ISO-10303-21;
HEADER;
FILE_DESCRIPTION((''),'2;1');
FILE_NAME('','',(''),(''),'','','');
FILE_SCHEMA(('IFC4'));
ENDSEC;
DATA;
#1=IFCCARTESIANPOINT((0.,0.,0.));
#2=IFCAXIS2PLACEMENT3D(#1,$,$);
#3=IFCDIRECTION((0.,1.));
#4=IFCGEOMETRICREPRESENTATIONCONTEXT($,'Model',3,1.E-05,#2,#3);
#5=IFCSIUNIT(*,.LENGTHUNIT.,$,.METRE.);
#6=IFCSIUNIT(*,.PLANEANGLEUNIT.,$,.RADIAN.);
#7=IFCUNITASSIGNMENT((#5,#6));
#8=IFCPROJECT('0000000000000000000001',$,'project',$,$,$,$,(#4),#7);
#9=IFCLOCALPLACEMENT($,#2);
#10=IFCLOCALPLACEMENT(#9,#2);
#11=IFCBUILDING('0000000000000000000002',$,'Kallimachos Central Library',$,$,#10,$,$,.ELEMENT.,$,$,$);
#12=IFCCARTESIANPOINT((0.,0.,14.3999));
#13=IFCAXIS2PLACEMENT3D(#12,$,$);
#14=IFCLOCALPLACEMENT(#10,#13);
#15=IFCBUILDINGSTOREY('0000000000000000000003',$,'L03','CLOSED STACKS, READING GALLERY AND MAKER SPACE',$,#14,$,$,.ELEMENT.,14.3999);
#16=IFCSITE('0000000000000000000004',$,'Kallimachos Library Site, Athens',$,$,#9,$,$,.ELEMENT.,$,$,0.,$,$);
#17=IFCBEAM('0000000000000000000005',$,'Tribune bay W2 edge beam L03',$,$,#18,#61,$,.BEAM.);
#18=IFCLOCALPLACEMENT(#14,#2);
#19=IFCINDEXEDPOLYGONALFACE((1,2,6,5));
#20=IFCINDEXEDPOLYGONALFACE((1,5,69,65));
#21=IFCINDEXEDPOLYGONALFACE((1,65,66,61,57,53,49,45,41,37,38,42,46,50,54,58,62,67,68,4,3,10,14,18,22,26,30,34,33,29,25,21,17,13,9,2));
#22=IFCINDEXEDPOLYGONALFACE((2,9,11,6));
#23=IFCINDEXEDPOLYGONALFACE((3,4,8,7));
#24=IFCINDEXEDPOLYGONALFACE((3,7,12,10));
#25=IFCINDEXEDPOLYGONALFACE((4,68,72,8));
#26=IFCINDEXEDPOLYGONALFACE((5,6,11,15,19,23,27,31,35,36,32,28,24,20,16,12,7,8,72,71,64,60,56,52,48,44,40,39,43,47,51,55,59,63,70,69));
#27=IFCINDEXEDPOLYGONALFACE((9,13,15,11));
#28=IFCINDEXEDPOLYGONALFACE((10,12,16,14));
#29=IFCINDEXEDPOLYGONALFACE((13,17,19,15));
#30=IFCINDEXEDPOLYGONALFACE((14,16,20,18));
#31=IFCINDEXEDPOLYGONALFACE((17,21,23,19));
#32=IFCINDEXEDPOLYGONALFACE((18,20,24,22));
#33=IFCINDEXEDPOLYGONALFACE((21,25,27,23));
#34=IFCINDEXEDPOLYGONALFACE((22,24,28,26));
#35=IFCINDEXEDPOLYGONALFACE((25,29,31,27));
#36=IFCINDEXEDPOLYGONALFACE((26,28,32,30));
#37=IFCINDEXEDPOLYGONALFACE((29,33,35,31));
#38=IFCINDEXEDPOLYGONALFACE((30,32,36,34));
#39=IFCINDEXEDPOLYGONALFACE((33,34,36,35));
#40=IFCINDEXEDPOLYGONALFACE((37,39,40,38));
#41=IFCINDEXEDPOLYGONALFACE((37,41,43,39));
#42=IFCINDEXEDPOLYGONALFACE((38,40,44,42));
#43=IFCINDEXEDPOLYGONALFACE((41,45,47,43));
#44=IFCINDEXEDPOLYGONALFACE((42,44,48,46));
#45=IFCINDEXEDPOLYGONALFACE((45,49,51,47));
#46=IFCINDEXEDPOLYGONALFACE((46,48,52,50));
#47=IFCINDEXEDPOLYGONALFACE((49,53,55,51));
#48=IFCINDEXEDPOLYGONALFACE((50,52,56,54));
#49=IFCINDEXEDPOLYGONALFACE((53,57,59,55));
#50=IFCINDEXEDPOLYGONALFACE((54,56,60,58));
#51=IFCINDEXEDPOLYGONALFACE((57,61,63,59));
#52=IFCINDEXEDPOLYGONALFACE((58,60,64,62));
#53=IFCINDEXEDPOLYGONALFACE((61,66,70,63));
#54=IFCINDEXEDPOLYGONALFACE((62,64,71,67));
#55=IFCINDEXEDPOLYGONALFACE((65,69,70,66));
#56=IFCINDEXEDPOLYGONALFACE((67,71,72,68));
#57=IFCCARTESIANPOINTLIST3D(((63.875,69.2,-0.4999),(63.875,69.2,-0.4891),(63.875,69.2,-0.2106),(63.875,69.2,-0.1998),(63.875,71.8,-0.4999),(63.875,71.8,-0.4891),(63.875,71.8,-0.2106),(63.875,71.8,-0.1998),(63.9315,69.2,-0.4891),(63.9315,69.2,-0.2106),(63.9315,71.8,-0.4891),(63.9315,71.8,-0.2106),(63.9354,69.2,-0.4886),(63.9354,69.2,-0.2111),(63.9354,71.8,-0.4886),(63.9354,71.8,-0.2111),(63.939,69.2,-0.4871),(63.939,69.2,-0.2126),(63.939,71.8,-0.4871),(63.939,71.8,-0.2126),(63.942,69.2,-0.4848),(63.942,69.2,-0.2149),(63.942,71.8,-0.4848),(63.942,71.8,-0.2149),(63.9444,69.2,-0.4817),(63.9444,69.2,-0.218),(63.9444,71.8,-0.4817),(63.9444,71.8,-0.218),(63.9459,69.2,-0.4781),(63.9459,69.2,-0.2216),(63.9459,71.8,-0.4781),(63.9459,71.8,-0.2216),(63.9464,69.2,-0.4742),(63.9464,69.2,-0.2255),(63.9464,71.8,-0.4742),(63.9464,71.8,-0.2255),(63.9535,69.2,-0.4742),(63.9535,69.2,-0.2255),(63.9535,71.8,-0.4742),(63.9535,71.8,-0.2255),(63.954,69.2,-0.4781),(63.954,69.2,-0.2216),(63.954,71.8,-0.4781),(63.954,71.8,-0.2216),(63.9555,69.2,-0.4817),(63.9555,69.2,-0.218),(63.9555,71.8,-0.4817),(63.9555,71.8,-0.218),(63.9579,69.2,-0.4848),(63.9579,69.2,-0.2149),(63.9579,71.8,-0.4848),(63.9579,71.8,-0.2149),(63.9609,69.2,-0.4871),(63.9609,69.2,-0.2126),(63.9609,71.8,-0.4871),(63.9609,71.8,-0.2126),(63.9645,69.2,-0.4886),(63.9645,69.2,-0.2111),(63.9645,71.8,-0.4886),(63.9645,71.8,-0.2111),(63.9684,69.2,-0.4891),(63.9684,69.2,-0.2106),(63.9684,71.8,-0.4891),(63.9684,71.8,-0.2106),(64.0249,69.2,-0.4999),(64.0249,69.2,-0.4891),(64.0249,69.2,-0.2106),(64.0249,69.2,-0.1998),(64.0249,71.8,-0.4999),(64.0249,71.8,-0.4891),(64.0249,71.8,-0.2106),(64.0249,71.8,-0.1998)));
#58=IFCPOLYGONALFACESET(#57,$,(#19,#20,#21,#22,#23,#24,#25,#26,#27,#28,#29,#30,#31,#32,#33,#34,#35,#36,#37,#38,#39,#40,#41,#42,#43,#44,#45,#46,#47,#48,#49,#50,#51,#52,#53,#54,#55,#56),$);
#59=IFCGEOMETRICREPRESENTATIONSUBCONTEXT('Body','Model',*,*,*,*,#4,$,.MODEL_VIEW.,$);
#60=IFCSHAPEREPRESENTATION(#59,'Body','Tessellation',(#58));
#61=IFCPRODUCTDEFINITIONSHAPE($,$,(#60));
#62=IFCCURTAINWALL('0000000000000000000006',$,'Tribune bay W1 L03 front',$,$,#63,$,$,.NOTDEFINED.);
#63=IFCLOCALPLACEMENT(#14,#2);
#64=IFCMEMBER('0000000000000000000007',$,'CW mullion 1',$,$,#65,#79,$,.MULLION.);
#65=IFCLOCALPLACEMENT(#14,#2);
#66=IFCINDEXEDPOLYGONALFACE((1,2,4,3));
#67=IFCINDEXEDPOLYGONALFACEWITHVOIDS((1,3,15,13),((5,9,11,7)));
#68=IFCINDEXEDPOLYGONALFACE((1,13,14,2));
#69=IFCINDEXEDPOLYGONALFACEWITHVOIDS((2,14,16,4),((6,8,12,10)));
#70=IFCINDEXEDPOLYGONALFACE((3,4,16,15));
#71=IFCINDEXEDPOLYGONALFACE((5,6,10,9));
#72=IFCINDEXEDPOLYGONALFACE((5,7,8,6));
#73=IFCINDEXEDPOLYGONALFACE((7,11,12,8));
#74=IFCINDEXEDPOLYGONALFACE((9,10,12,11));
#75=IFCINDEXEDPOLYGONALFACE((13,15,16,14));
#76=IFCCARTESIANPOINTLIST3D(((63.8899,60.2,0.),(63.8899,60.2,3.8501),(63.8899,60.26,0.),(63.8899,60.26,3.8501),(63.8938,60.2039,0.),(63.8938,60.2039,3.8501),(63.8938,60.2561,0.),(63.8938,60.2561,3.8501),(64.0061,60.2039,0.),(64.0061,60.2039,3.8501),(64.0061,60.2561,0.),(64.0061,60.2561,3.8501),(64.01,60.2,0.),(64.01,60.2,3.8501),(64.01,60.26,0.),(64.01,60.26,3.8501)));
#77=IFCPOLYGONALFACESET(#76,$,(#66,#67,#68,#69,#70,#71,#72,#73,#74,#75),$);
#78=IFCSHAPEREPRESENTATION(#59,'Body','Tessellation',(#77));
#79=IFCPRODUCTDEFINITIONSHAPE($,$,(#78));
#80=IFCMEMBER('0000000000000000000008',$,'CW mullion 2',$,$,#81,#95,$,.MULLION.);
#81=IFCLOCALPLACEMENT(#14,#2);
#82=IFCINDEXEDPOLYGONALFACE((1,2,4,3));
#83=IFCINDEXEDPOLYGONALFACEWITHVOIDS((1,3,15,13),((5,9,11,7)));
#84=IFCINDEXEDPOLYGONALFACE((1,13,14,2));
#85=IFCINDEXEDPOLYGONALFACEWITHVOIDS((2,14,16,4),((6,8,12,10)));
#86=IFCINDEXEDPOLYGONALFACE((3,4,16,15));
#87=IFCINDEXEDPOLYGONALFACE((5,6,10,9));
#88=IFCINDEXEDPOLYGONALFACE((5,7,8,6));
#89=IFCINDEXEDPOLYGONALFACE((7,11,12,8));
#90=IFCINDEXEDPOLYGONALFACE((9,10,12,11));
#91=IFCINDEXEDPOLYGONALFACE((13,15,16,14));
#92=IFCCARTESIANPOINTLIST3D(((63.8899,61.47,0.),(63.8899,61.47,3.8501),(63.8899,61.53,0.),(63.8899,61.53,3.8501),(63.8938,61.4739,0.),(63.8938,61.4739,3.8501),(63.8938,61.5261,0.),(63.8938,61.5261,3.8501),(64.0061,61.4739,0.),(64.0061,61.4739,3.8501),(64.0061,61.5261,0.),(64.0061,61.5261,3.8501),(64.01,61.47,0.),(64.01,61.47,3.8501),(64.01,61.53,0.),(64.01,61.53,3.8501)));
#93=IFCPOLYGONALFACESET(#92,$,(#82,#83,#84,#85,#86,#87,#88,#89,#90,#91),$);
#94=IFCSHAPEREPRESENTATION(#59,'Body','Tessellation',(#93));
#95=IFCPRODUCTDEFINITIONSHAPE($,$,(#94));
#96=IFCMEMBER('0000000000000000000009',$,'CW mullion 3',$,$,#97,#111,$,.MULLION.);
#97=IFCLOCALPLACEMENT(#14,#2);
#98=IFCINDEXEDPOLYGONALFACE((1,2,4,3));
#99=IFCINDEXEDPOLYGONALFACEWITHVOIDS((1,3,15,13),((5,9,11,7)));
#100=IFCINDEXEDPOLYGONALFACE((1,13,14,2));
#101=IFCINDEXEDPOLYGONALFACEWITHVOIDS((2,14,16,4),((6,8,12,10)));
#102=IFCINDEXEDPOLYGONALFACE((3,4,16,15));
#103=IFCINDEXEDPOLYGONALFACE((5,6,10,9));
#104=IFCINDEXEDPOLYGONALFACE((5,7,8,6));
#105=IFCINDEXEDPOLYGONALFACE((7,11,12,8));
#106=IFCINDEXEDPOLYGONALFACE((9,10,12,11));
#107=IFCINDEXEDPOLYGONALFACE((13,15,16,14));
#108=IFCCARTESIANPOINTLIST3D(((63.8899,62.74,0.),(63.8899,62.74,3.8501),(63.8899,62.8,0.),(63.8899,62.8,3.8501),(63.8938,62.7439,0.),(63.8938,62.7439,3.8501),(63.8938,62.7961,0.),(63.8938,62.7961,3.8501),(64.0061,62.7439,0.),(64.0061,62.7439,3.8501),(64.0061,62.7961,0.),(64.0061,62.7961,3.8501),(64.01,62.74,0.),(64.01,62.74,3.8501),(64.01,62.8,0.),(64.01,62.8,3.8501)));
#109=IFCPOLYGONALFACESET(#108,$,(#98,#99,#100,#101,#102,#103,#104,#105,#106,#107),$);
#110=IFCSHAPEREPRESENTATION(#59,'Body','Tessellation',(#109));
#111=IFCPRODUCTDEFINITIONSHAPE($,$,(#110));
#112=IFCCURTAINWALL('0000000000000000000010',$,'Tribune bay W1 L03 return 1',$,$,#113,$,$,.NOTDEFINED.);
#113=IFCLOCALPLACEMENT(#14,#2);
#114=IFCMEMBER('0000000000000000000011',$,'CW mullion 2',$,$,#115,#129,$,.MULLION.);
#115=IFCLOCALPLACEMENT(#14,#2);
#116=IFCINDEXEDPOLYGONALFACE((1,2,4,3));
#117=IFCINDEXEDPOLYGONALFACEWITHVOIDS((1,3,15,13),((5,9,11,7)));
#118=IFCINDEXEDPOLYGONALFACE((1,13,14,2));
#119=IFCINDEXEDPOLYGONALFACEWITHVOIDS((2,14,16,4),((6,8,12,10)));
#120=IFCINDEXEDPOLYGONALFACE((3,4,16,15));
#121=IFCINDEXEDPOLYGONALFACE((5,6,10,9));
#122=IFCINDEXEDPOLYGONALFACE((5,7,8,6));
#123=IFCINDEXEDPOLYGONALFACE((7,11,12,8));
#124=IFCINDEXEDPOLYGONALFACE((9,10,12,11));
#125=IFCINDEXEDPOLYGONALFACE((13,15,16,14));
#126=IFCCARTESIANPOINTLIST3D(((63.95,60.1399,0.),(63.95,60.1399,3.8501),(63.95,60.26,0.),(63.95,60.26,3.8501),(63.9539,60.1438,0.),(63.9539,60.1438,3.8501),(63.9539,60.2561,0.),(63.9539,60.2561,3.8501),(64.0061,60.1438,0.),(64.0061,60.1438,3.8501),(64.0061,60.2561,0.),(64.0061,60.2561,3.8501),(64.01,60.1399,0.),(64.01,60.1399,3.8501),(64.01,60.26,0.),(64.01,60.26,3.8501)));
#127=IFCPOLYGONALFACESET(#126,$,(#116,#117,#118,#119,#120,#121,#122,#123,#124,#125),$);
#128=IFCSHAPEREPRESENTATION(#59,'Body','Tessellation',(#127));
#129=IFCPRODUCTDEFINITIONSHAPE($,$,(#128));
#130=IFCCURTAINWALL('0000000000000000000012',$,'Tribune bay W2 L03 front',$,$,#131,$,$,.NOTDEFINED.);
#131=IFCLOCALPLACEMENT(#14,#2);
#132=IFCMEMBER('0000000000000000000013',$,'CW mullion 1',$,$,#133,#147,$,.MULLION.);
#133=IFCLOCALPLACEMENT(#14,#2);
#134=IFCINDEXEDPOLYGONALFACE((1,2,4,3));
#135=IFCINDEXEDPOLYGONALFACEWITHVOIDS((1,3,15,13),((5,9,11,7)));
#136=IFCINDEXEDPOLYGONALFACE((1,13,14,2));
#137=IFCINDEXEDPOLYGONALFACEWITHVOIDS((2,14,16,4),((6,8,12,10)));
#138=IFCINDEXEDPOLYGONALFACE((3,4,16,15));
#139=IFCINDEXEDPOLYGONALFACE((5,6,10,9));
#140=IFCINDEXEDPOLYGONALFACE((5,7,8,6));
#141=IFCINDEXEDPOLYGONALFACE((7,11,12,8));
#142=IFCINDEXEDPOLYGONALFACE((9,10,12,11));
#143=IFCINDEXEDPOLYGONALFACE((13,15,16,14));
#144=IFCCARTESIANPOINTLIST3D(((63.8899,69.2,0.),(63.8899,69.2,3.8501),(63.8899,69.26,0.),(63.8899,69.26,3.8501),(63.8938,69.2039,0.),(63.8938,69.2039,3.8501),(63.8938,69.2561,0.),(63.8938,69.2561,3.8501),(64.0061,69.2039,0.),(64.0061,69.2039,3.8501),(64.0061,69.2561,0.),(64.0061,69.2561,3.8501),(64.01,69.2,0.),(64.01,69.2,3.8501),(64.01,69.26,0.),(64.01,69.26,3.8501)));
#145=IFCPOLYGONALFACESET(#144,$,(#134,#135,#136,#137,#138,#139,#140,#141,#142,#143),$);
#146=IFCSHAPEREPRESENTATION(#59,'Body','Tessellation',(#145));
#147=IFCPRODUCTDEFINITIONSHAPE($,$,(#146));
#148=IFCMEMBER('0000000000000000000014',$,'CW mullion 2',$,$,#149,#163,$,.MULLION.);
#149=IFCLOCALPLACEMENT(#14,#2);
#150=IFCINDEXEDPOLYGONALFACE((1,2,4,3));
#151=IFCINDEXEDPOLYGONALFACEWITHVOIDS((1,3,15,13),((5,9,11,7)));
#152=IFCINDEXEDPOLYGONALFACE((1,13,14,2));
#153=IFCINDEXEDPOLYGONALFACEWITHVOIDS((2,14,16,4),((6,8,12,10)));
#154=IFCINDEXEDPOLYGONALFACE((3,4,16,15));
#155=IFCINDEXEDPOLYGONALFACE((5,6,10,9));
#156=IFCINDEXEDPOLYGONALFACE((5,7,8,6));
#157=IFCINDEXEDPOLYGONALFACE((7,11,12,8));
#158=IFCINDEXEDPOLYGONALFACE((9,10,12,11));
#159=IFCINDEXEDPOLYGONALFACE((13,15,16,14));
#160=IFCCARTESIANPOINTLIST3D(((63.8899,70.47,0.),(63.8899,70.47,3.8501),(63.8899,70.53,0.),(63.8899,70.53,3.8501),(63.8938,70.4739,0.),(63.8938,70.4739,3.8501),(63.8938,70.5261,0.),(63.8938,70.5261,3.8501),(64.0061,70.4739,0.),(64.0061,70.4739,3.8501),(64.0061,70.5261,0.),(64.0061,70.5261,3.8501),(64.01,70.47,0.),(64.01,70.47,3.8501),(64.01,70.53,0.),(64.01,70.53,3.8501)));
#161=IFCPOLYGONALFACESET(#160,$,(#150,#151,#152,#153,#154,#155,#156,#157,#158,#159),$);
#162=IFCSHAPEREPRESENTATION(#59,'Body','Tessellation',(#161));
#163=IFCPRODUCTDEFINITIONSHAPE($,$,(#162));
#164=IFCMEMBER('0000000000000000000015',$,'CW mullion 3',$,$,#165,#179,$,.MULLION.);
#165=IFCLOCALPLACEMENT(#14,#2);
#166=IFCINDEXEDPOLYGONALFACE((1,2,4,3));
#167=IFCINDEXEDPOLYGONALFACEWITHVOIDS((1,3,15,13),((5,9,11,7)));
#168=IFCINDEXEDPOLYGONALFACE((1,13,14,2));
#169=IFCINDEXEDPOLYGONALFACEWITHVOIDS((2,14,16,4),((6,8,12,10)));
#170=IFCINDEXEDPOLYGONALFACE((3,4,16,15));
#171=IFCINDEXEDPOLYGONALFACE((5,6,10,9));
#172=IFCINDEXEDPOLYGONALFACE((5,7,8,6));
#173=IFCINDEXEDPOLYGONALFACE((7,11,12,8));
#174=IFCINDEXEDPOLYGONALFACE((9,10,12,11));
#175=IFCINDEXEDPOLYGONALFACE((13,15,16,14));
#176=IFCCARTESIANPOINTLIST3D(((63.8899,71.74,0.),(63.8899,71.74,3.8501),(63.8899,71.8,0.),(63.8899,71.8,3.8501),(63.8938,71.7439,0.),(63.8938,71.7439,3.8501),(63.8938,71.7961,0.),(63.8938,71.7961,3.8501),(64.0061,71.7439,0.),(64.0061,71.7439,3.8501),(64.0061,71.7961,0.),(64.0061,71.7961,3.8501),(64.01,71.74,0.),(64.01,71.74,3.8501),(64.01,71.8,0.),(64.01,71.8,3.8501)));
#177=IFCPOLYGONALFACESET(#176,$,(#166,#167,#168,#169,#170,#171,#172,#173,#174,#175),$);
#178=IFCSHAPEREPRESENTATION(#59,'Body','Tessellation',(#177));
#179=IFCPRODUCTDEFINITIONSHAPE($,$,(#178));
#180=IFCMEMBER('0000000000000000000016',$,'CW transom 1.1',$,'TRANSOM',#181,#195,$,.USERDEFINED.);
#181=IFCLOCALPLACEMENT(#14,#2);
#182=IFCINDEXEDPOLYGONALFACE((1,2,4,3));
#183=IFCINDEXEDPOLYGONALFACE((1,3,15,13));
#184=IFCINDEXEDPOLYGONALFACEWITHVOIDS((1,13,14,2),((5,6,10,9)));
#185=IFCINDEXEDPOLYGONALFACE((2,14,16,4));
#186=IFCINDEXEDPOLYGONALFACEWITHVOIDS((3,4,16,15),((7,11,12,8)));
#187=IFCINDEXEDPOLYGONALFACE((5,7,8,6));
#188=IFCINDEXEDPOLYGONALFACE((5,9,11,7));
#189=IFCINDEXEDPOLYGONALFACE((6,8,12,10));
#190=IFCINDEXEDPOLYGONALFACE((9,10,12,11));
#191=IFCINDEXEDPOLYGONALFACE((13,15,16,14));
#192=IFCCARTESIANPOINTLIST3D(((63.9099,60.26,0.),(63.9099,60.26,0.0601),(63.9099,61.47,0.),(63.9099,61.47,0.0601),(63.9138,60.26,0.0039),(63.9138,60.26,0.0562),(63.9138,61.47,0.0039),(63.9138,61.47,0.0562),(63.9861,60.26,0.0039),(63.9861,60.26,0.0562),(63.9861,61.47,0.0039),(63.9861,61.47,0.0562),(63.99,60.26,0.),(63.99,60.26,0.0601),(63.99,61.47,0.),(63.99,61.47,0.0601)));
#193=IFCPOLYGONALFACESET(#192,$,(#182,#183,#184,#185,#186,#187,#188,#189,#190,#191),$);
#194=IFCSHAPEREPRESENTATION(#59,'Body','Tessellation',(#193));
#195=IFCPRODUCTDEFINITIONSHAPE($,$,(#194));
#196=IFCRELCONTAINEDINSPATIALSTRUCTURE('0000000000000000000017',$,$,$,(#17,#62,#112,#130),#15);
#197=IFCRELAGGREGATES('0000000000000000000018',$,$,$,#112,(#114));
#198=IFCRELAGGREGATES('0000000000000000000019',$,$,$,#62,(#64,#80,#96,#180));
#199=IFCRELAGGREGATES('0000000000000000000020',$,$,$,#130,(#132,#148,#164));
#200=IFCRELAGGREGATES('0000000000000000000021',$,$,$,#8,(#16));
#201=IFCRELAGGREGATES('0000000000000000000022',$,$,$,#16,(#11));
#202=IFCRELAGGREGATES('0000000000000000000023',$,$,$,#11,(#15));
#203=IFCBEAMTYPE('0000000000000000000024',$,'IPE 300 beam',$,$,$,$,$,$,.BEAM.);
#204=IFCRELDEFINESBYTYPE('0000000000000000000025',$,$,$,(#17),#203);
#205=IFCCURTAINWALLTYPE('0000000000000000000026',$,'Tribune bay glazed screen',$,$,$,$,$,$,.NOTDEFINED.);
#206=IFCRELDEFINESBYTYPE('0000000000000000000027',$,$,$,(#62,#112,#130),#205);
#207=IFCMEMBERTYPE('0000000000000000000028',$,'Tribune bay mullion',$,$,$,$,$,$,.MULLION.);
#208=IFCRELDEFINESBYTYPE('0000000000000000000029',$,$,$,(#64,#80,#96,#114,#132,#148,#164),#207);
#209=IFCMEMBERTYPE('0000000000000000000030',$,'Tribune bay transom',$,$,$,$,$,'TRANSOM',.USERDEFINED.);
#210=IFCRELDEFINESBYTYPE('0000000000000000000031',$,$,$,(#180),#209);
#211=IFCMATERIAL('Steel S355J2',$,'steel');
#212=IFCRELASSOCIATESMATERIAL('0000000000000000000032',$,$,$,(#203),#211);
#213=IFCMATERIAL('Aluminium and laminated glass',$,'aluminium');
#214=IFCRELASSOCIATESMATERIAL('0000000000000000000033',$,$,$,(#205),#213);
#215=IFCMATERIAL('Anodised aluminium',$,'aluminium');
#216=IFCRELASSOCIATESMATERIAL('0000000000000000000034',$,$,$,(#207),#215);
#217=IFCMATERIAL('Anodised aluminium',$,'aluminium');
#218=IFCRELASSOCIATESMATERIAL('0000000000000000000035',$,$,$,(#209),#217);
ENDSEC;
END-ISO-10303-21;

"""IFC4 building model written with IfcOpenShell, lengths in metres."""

from ifc_helpers import new_model, si_unit, direction, frame, origin, origin_2d, place, context, subcontext, project, spatial, hollow_rectangle, i_section, extrude, material, material_profile, profile_set, type_object, element, aggregate, save


model = new_model("IFC4")

# Units and contexts
model_context = context("Model", 3, precision=1e-05, world=origin(), true_north=direction((0.0, 1.0)))
body_context = subcontext(model_context, "Body", "Model", "MODEL_VIEW")
ifc_project = project(units=[si_unit("LENGTHUNIT", "METRE"), si_unit("PLANEANGLEUNIT", "RADIAN")], contexts=[model_context])

# Site, building, storey
site_placement = place(None, origin())
site = spatial("IfcSite", under=ifc_project, at=site_placement, Name="Kallimachos Library Site, Athens", CompositionType="ELEMENT", RefElevation=0.0)
building_placement = place(site_placement, origin())
building = spatial("IfcBuilding", under=site, at=building_placement, Name="Kallimachos Central Library", CompositionType="ELEMENT")
storey_placement = place(building_placement, frame((0.0, 0.0, 14.3999)))
storey = spatial("IfcBuildingStorey", under=building, at=storey_placement, Name="L03", Description="CLOSED STACKS, READING GALLERY AND MAKER SPACE", CompositionType="ELEMENT", Elevation=14.3999)

# Beam
ifc_material_1 = material(Name="Steel S355J2", Category="steel")
ifc_material_profile_1 = material_profile(ifc_material_1, i_section(OverallWidth=0.1499, OverallDepth=0.3, WebThickness=0.0071, FlangeThickness=0.0107, FilletRadius=0.0149, at=origin_2d()), Name="IPE 300")
ifc_profile_set_1 = profile_set([ifc_material_profile_1], Name="Steel S355J2")
beam_type = type_object("IfcBeamType", Name="IPE 300 beam", PredefinedType="BEAM", material=ifc_profile_set_1)
beam_placement = place(storey_placement, frame((63.95, 69.2, -0.3499), z_axis=(0.0, 1.0, 0.0), x_axis=(-1.0, 0.0, 0.0)))
element("IfcBeam", 1, at=beam_placement, inside=storey, type_object=beam_type, Name="Tribune bay W2 edge beam L03", PredefinedType="BEAM", context=body_context, shape_type="SweptSolid", body=[
    extrude(i_section(OverallWidth=0.1499, OverallDepth=0.3, WebThickness=0.0071, FlangeThickness=0.0107, FilletRadius=0.0149, at=origin_2d()), origin(), (0.0, 0.0, 1.0), 2.6001),
])

# Curtain wall, members
ifc_material_2 = material(Name="Aluminium and laminated glass", Category="aluminium")
curtain_wall_type = type_object("IfcCurtainWallType", Name="Tribune bay glazed screen", PredefinedType="NOTDEFINED", material=ifc_material_2)
curtain_wall_1_placement = place(storey_placement, origin())
curtain_wall_1 = element("IfcCurtainWall", 2, at=curtain_wall_1_placement, inside=storey, type_object=curtain_wall_type, Name="Tribune bay W1 L03 front", PredefinedType="NOTDEFINED")
ifc_material_3 = material(Name="Anodised aluminium", Category="aluminium")
ifc_material_profile_2 = material_profile(ifc_material_3, hollow_rectangle(XDim=0.0601, YDim=0.1201, WallThickness=0.0039, at=origin_2d()), Name="ALU MULLION 60x120")
ifc_profile_set_2 = profile_set([ifc_material_profile_2], Name="Anodised aluminium")
member_type_1 = type_object("IfcMemberType", Name="Tribune bay mullion", PredefinedType="MULLION", material=ifc_profile_set_2)
member_1_placement = place(storey_placement, frame((63.95, 60.23, 0.0), z_axis=(0.0, 0.0, 1.0), x_axis=(0.0, 1.0, 0.0)))
member_1 = element("IfcMember", 3, at=member_1_placement, type_object=member_type_1, Name="CW mullion 1", PredefinedType="MULLION", context=body_context, shape_type="SweptSolid", body=[
    extrude(hollow_rectangle(XDim=0.0601, YDim=0.1201, WallThickness=0.0039, at=origin_2d()), origin(), (0.0, 0.0, 1.0), 3.8501),
])
member_2_placement = place(storey_placement, frame((63.95, 61.5, 0.0), z_axis=(0.0, 0.0, 1.0), x_axis=(0.0, 1.0, 0.0)))
member_2 = element("IfcMember", 4, at=member_2_placement, type_object=member_type_1, Name="CW mullion 2", PredefinedType="MULLION", context=body_context, shape_type="SweptSolid", body=[
    extrude(hollow_rectangle(XDim=0.0601, YDim=0.1201, WallThickness=0.0039, at=origin_2d()), origin(), (0.0, 0.0, 1.0), 3.8501),
])
member_3_placement = place(storey_placement, frame((63.95, 62.77, 0.0), z_axis=(0.0, 0.0, 1.0), x_axis=(0.0, 1.0, 0.0)))
member_3 = element("IfcMember", 5, at=member_3_placement, type_object=member_type_1, Name="CW mullion 3", PredefinedType="MULLION", context=body_context, shape_type="SweptSolid", body=[
    extrude(hollow_rectangle(XDim=0.0601, YDim=0.1201, WallThickness=0.0039, at=origin_2d()), origin(), (0.0, 0.0, 1.0), 3.8501),
])

# Curtain wall, member
curtain_wall_2_placement = place(storey_placement, origin())
curtain_wall_2 = element("IfcCurtainWall", 6, at=curtain_wall_2_placement, inside=storey, type_object=curtain_wall_type, Name="Tribune bay W1 L03 return 1", PredefinedType="NOTDEFINED")
member_4_placement = place(storey_placement, frame((63.98, 60.2, 0.0), z_axis=(0.0, 0.0, 1.0), x_axis=(-1.0, 0.0, 0.0)))
member_4 = element("IfcMember", 7, at=member_4_placement, type_object=member_type_1, Name="CW mullion 2", PredefinedType="MULLION", context=body_context, shape_type="SweptSolid", body=[
    extrude(hollow_rectangle(XDim=0.0601, YDim=0.1201, WallThickness=0.0039, at=origin_2d()), origin(), (0.0, 0.0, 1.0), 3.8501),
])
aggregate(curtain_wall_2, [member_4])

# Curtain wall, members
curtain_wall_3_placement = place(storey_placement, origin())
curtain_wall_3 = element("IfcCurtainWall", 8, at=curtain_wall_3_placement, inside=storey, type_object=curtain_wall_type, Name="Tribune bay W2 L03 front", PredefinedType="NOTDEFINED")
member_5_placement = place(storey_placement, frame((63.95, 69.23, 0.0), z_axis=(0.0, 0.0, 1.0), x_axis=(0.0, 1.0, 0.0)))
member_5 = element("IfcMember", 9, at=member_5_placement, type_object=member_type_1, Name="CW mullion 1", PredefinedType="MULLION", context=body_context, shape_type="SweptSolid", body=[
    extrude(hollow_rectangle(XDim=0.0601, YDim=0.1201, WallThickness=0.0039, at=origin_2d()), origin(), (0.0, 0.0, 1.0), 3.8501),
])
member_6_placement = place(storey_placement, frame((63.95, 70.5, 0.0), z_axis=(0.0, 0.0, 1.0), x_axis=(0.0, 1.0, 0.0)))
member_6 = element("IfcMember", 10, at=member_6_placement, type_object=member_type_1, Name="CW mullion 2", PredefinedType="MULLION", context=body_context, shape_type="SweptSolid", body=[
    extrude(hollow_rectangle(XDim=0.0601, YDim=0.1201, WallThickness=0.0039, at=origin_2d()), origin(), (0.0, 0.0, 1.0), 3.8501),
])
member_7_placement = place(storey_placement, frame((63.95, 71.77, 0.0), z_axis=(0.0, 0.0, 1.0), x_axis=(0.0, 1.0, 0.0)))
member_7 = element("IfcMember", 11, at=member_7_placement, type_object=member_type_1, Name="CW mullion 3", PredefinedType="MULLION", context=body_context, shape_type="SweptSolid", body=[
    extrude(hollow_rectangle(XDim=0.0601, YDim=0.1201, WallThickness=0.0039, at=origin_2d()), origin(), (0.0, 0.0, 1.0), 3.8501),
])

# Member
ifc_material_4 = material(Name="Anodised aluminium", Category="aluminium")
ifc_material_profile_3 = material_profile(ifc_material_4, hollow_rectangle(XDim=0.0601, YDim=0.0801, WallThickness=0.0039, at=origin_2d()), Name="ALU TRANSOM 60x80")
ifc_profile_set_3 = profile_set([ifc_material_profile_3], Name="Anodised aluminium")
member_type_2 = type_object("IfcMemberType", Name="Tribune bay transom", ElementType="TRANSOM", PredefinedType="USERDEFINED", material=ifc_profile_set_3)
member_8_placement = place(storey_placement, frame((63.95, 60.26, 0.03), z_axis=(0.0, 1.0, 0.0), x_axis=(0.0, 0.0, 1.0)))
member_8 = element("IfcMember", 12, at=member_8_placement, type_object=member_type_2, Name="CW transom 1.1", ObjectType="TRANSOM", PredefinedType="USERDEFINED", context=body_context, shape_type="SweptSolid", body=[
    extrude(hollow_rectangle(XDim=0.0601, YDim=0.0801, WallThickness=0.0039, at=origin_2d()), origin(), (0.0, 0.0, 1.0), 1.21),
])

aggregate(curtain_wall_1, [member_1, member_2, member_3, member_8])
aggregate(curtain_wall_3, [member_5, member_6, member_7])

save(model, "model.ifc")
